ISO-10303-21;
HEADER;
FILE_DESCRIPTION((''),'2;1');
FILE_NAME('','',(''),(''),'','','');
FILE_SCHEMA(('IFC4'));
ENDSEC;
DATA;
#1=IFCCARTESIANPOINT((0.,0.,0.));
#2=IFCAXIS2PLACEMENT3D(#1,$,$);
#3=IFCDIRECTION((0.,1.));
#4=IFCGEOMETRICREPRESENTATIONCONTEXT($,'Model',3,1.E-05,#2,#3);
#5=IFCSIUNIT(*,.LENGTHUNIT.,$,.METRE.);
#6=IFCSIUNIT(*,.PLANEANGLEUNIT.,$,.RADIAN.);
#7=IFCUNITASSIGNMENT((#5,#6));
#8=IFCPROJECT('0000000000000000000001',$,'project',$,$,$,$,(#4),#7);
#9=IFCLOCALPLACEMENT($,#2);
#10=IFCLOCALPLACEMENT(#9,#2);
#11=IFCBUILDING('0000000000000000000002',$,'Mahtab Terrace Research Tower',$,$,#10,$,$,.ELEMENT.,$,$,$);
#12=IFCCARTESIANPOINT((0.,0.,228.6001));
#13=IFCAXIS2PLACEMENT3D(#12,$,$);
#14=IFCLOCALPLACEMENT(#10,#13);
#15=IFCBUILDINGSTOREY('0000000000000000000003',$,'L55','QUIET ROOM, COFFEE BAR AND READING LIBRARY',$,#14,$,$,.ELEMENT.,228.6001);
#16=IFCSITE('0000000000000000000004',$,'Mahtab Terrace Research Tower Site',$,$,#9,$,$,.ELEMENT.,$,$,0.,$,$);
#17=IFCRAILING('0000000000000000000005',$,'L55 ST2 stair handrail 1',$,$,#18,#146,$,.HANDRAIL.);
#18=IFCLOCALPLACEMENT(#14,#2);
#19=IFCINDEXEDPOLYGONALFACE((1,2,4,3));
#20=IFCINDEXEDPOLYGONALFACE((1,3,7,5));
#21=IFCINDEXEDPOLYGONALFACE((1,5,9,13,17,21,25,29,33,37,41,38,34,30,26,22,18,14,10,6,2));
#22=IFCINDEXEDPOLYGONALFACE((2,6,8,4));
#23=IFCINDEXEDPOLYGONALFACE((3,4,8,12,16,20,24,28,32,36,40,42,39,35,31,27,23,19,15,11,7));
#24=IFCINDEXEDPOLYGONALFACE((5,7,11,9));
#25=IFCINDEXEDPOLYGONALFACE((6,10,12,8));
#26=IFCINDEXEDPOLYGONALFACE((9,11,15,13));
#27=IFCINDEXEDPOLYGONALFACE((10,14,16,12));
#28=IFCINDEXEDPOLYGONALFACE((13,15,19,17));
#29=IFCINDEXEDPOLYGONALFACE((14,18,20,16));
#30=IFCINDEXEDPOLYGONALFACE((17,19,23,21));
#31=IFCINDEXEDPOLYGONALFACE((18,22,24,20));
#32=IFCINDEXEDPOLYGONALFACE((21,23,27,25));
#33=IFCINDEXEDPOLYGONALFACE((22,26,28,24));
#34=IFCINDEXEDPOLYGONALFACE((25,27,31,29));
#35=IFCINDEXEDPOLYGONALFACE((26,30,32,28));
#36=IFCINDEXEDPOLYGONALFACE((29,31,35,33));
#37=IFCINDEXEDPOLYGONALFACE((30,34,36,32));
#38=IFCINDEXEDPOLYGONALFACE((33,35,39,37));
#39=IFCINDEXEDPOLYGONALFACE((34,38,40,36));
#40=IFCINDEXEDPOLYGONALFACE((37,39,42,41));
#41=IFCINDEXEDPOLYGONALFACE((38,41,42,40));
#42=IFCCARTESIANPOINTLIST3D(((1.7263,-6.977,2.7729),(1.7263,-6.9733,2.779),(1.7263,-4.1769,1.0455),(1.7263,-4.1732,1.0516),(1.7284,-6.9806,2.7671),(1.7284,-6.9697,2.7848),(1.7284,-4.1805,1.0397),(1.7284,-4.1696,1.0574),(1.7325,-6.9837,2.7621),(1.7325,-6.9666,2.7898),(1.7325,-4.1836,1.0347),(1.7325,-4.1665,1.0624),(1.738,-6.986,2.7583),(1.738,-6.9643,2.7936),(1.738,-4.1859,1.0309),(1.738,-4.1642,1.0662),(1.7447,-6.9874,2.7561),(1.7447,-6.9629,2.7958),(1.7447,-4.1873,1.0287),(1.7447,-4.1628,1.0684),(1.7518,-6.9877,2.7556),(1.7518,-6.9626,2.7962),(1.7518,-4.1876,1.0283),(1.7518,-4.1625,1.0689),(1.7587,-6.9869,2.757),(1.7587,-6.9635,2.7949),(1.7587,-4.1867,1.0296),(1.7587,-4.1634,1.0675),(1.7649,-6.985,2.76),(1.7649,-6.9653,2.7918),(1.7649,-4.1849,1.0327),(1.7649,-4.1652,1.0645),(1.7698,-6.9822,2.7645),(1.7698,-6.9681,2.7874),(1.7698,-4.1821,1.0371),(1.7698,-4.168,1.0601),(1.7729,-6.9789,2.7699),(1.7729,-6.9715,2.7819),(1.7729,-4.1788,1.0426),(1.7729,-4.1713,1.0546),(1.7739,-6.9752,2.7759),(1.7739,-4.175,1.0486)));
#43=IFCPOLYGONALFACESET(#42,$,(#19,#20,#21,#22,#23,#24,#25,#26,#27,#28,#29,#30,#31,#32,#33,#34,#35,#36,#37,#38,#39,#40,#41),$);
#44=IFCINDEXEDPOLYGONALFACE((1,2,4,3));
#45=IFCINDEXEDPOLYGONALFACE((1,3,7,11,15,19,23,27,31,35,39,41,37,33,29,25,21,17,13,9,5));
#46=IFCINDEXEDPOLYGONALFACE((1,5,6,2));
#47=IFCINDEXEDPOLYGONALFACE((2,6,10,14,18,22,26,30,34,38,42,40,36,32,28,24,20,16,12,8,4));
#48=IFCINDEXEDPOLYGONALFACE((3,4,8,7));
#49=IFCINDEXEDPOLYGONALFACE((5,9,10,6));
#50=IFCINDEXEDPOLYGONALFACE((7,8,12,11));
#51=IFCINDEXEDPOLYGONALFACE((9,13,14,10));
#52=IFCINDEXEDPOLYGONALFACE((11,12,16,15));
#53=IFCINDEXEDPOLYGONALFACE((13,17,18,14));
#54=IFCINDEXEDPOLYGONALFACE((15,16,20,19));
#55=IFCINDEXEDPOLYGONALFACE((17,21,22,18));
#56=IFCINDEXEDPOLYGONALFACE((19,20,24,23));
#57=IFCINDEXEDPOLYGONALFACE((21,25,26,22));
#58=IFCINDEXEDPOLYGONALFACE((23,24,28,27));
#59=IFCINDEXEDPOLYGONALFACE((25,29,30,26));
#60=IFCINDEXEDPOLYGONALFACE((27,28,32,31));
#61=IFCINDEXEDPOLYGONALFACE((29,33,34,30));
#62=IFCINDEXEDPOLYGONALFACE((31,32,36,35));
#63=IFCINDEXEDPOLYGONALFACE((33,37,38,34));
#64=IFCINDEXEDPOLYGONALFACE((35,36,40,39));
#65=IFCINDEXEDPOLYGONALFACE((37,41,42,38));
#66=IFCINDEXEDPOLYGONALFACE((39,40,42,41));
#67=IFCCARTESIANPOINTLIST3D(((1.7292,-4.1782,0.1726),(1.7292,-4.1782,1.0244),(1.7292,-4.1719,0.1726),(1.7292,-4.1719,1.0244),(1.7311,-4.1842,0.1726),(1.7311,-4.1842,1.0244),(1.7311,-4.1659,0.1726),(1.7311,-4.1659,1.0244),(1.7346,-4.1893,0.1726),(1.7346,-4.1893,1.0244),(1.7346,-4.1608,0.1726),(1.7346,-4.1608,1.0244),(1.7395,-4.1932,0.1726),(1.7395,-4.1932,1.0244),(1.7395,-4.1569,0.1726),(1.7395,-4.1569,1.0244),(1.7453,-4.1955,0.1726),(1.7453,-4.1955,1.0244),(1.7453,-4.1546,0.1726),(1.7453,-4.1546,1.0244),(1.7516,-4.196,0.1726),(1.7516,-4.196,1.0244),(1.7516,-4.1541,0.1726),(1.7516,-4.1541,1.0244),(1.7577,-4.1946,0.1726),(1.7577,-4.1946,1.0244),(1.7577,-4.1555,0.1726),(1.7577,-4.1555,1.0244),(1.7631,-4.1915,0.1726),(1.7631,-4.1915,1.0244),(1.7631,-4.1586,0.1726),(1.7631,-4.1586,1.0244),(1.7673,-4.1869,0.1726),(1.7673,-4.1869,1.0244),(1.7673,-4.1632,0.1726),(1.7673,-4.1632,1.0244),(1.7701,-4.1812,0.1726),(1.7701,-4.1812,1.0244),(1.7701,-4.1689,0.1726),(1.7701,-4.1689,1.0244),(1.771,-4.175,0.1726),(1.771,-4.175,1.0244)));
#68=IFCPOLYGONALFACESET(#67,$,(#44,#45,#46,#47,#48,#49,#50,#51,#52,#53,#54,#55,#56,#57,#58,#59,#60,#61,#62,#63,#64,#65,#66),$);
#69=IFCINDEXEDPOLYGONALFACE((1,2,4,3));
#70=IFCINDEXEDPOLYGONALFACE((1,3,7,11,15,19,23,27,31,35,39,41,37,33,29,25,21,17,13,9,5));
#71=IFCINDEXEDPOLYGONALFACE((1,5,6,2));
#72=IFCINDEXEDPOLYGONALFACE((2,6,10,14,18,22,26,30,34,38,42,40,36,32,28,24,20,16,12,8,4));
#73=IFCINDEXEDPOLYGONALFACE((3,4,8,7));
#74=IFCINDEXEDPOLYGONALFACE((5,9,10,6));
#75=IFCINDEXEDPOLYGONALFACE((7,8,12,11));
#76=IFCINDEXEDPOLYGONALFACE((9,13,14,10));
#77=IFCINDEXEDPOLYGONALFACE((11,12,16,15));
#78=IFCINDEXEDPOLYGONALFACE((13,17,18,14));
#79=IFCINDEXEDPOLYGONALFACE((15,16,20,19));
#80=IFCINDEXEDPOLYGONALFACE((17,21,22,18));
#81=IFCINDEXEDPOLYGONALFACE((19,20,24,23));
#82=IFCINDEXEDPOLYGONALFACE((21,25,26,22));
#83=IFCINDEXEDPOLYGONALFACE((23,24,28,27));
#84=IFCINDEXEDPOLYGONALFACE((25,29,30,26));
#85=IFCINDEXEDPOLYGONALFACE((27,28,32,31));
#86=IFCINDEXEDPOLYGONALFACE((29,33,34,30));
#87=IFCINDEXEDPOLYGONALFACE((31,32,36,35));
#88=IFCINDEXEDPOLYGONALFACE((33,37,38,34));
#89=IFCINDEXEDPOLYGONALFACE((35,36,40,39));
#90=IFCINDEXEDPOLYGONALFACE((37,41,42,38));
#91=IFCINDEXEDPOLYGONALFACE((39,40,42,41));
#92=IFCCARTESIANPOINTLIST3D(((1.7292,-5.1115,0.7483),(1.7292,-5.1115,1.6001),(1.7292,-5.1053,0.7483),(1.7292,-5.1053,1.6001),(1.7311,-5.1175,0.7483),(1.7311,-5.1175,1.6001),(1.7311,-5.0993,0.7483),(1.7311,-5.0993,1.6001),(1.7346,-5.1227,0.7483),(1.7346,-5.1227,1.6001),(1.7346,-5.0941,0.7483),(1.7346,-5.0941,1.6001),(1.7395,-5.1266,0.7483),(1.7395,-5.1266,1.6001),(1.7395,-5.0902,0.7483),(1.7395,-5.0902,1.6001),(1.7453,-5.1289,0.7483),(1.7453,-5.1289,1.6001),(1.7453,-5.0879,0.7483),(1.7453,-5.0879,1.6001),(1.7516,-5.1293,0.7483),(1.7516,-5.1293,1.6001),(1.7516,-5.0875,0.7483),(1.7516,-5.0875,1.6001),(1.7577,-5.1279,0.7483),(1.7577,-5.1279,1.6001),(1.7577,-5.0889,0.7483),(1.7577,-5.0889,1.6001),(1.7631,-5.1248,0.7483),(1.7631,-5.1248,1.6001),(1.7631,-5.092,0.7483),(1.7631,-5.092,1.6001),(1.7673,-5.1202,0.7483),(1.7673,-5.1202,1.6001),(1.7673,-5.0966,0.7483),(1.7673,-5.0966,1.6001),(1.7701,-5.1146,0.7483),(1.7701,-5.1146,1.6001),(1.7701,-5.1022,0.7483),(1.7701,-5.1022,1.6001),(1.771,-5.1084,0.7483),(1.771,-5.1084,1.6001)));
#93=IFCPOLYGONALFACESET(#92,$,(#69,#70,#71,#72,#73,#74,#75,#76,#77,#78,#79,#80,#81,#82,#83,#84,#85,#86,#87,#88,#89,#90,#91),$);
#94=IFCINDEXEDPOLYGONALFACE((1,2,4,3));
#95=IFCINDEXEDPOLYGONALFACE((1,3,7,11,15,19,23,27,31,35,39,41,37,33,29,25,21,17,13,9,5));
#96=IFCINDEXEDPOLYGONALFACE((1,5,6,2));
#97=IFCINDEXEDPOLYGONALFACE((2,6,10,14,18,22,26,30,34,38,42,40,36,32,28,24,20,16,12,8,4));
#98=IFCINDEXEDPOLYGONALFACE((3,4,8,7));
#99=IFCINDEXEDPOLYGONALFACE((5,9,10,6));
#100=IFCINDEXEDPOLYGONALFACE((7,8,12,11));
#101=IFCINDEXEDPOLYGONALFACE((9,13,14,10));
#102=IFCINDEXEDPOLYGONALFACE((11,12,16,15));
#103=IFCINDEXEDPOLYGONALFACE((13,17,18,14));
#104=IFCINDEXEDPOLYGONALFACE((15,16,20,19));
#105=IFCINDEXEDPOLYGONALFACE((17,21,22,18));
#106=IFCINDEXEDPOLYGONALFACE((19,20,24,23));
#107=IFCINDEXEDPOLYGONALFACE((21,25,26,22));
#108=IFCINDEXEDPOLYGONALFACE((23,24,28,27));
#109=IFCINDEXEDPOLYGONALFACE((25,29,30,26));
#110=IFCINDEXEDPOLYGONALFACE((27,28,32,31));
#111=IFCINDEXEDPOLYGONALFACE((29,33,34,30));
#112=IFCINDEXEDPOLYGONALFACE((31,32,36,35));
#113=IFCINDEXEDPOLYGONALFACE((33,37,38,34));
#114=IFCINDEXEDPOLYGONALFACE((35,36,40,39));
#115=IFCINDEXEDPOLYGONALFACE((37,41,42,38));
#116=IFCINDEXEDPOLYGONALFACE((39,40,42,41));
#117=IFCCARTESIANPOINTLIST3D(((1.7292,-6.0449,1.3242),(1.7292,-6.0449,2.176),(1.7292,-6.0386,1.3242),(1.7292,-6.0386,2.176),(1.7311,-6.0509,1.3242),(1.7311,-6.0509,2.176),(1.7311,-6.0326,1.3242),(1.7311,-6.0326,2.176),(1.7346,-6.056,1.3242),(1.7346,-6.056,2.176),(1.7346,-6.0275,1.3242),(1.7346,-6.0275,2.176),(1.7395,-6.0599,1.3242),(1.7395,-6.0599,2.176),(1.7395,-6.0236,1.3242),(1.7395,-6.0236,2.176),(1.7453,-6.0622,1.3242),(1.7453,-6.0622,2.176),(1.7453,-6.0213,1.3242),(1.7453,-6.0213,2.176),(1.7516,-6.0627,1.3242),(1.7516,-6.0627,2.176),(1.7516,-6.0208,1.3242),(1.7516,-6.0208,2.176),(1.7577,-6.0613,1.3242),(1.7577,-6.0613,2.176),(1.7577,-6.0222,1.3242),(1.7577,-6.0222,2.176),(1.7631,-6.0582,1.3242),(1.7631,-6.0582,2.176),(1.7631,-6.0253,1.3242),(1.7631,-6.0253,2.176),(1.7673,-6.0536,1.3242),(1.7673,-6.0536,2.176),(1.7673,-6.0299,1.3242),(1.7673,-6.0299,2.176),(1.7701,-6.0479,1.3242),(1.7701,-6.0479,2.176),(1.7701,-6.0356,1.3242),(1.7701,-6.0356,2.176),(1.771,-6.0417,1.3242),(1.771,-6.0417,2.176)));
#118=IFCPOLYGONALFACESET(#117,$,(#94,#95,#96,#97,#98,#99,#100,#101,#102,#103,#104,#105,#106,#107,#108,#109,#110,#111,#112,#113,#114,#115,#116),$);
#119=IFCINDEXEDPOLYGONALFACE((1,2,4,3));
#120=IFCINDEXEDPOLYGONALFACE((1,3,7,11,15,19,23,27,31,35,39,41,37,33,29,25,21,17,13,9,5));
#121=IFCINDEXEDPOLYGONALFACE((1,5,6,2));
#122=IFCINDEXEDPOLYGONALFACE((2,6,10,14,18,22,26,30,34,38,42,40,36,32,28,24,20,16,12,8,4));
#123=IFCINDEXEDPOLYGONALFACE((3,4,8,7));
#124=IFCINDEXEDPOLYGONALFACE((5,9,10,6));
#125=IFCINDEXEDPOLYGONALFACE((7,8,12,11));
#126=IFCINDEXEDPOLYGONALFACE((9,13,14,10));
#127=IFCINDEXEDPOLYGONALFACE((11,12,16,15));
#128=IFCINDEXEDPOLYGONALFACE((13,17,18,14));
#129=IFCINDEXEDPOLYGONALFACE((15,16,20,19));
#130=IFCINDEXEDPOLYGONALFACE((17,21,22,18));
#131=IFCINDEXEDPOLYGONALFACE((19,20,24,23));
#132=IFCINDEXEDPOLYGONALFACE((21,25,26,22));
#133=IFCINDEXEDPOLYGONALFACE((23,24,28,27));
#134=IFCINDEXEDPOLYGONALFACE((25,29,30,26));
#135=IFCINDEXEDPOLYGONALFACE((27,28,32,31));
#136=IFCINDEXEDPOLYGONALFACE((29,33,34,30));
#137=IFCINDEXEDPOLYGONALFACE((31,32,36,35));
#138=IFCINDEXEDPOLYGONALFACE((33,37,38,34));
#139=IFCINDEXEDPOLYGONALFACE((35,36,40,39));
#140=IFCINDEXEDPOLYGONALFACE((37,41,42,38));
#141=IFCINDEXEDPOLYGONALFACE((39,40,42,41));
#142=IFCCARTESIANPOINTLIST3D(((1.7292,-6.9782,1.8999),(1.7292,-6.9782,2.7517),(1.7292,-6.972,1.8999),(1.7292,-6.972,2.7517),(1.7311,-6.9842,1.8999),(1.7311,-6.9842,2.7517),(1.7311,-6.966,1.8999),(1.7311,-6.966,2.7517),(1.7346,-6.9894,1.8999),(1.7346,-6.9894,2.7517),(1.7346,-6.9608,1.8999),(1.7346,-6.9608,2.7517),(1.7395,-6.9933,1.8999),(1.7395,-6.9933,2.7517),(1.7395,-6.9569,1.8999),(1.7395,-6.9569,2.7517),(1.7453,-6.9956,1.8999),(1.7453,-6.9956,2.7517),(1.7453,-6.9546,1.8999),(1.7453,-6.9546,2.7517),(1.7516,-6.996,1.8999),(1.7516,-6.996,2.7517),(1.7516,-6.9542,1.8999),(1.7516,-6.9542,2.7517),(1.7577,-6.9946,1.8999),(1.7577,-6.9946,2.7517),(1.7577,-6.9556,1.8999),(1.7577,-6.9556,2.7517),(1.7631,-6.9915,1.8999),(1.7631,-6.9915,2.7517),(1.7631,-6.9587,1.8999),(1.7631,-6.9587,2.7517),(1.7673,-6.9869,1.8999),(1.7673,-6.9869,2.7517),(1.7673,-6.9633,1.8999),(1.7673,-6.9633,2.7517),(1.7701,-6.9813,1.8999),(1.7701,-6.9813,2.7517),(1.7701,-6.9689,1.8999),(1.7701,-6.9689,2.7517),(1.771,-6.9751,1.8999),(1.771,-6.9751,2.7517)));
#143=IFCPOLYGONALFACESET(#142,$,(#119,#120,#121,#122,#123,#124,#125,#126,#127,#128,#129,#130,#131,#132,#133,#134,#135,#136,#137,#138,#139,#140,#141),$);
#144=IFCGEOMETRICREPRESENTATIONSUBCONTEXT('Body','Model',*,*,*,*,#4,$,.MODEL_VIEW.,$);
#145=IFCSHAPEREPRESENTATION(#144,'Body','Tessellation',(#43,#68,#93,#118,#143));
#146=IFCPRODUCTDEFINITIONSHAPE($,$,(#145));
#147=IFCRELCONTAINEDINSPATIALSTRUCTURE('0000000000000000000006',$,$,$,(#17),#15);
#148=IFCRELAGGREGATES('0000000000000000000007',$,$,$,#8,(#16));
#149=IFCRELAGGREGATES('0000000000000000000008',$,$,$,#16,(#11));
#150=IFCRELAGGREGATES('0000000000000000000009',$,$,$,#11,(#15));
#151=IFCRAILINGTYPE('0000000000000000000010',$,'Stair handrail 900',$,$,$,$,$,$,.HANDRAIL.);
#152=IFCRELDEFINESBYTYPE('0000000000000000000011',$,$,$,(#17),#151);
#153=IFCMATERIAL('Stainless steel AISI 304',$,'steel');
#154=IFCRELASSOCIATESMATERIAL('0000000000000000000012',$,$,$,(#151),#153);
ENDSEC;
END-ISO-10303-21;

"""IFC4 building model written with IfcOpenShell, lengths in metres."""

from ifc_helpers import new_model, si_unit, direction, frame, origin, origin_2d, place, context, subcontext, project, spatial, circle, extrude, material, type_object, element, save


model = new_model("IFC4")

# Units and contexts
model_context = context("Model", 3, precision=1e-05, world=origin(), true_north=direction((0.0, 1.0)))
body_context = subcontext(model_context, "Body", "Model", "MODEL_VIEW")
ifc_project = project(units=[si_unit("LENGTHUNIT", "METRE"), si_unit("PLANEANGLEUNIT", "RADIAN")], contexts=[model_context])

# Site, building, storey
site_placement = place(None, origin())
site = spatial("IfcSite", under=ifc_project, at=site_placement, Name="Mahtab Terrace Research Tower Site", CompositionType="ELEMENT", RefElevation=0.0)
building_placement = place(site_placement, origin())
building = spatial("IfcBuilding", under=site, at=building_placement, Name="Mahtab Terrace Research Tower", CompositionType="ELEMENT")
storey_placement = place(building_placement, frame((0.0, 0.0, 228.6001)))
storey = spatial("IfcBuildingStorey", under=building, at=storey_placement, Name="L55", Description="QUIET ROOM, COFFEE BAR AND READING LIBRARY", CompositionType="ELEMENT", Elevation=228.6001)

# Shared definitions
ifc_material_1 = material(Name="Stainless steel AISI 304", Category="steel")

# Railing
railing_type_1 = type_object("IfcRailingType", Name="Stair handrail 900", PredefinedType="HANDRAIL", material=ifc_material_1)
railing_1_placement = place(storey_placement, frame((1.75, -4.175, 0.1726)))
element("IfcRailing", 1, at=railing_1_placement, inside=storey, type_object=railing_type_1, Name="L55 ST2 stair handrail 1", PredefinedType="HANDRAIL", context=body_context, shape_type="SweptSolid", body=[
    extrude(circle(Radius=0.0239, at=origin_2d()), frame((0.0, 0.0, 0.876), z_axis=(0.0, -0.85109, 0.52502), x_axis=(1.0, 0.0, 0.0)), (0.0, 0.0, 1.0), 3.29),
    extrude(circle(Radius=0.021, at=origin_2d()), origin(), (0.0, 0.0, 1.0), 0.8518),
    extrude(circle(Radius=0.021, at=origin_2d()), frame((0.0, -0.9333, 0.5757)), (0.0, 0.0, 1.0), 0.8518),
    extrude(circle(Radius=0.021, at=origin_2d()), frame((0.0, -1.8667, 1.1516)), (0.0, 0.0, 1.0), 0.8518),
    extrude(circle(Radius=0.021, at=origin_2d()), frame((0.0, -2.8, 1.7273)), (0.0, 0.0, 1.0), 0.8518),
])

save(model, "model.ifc")
